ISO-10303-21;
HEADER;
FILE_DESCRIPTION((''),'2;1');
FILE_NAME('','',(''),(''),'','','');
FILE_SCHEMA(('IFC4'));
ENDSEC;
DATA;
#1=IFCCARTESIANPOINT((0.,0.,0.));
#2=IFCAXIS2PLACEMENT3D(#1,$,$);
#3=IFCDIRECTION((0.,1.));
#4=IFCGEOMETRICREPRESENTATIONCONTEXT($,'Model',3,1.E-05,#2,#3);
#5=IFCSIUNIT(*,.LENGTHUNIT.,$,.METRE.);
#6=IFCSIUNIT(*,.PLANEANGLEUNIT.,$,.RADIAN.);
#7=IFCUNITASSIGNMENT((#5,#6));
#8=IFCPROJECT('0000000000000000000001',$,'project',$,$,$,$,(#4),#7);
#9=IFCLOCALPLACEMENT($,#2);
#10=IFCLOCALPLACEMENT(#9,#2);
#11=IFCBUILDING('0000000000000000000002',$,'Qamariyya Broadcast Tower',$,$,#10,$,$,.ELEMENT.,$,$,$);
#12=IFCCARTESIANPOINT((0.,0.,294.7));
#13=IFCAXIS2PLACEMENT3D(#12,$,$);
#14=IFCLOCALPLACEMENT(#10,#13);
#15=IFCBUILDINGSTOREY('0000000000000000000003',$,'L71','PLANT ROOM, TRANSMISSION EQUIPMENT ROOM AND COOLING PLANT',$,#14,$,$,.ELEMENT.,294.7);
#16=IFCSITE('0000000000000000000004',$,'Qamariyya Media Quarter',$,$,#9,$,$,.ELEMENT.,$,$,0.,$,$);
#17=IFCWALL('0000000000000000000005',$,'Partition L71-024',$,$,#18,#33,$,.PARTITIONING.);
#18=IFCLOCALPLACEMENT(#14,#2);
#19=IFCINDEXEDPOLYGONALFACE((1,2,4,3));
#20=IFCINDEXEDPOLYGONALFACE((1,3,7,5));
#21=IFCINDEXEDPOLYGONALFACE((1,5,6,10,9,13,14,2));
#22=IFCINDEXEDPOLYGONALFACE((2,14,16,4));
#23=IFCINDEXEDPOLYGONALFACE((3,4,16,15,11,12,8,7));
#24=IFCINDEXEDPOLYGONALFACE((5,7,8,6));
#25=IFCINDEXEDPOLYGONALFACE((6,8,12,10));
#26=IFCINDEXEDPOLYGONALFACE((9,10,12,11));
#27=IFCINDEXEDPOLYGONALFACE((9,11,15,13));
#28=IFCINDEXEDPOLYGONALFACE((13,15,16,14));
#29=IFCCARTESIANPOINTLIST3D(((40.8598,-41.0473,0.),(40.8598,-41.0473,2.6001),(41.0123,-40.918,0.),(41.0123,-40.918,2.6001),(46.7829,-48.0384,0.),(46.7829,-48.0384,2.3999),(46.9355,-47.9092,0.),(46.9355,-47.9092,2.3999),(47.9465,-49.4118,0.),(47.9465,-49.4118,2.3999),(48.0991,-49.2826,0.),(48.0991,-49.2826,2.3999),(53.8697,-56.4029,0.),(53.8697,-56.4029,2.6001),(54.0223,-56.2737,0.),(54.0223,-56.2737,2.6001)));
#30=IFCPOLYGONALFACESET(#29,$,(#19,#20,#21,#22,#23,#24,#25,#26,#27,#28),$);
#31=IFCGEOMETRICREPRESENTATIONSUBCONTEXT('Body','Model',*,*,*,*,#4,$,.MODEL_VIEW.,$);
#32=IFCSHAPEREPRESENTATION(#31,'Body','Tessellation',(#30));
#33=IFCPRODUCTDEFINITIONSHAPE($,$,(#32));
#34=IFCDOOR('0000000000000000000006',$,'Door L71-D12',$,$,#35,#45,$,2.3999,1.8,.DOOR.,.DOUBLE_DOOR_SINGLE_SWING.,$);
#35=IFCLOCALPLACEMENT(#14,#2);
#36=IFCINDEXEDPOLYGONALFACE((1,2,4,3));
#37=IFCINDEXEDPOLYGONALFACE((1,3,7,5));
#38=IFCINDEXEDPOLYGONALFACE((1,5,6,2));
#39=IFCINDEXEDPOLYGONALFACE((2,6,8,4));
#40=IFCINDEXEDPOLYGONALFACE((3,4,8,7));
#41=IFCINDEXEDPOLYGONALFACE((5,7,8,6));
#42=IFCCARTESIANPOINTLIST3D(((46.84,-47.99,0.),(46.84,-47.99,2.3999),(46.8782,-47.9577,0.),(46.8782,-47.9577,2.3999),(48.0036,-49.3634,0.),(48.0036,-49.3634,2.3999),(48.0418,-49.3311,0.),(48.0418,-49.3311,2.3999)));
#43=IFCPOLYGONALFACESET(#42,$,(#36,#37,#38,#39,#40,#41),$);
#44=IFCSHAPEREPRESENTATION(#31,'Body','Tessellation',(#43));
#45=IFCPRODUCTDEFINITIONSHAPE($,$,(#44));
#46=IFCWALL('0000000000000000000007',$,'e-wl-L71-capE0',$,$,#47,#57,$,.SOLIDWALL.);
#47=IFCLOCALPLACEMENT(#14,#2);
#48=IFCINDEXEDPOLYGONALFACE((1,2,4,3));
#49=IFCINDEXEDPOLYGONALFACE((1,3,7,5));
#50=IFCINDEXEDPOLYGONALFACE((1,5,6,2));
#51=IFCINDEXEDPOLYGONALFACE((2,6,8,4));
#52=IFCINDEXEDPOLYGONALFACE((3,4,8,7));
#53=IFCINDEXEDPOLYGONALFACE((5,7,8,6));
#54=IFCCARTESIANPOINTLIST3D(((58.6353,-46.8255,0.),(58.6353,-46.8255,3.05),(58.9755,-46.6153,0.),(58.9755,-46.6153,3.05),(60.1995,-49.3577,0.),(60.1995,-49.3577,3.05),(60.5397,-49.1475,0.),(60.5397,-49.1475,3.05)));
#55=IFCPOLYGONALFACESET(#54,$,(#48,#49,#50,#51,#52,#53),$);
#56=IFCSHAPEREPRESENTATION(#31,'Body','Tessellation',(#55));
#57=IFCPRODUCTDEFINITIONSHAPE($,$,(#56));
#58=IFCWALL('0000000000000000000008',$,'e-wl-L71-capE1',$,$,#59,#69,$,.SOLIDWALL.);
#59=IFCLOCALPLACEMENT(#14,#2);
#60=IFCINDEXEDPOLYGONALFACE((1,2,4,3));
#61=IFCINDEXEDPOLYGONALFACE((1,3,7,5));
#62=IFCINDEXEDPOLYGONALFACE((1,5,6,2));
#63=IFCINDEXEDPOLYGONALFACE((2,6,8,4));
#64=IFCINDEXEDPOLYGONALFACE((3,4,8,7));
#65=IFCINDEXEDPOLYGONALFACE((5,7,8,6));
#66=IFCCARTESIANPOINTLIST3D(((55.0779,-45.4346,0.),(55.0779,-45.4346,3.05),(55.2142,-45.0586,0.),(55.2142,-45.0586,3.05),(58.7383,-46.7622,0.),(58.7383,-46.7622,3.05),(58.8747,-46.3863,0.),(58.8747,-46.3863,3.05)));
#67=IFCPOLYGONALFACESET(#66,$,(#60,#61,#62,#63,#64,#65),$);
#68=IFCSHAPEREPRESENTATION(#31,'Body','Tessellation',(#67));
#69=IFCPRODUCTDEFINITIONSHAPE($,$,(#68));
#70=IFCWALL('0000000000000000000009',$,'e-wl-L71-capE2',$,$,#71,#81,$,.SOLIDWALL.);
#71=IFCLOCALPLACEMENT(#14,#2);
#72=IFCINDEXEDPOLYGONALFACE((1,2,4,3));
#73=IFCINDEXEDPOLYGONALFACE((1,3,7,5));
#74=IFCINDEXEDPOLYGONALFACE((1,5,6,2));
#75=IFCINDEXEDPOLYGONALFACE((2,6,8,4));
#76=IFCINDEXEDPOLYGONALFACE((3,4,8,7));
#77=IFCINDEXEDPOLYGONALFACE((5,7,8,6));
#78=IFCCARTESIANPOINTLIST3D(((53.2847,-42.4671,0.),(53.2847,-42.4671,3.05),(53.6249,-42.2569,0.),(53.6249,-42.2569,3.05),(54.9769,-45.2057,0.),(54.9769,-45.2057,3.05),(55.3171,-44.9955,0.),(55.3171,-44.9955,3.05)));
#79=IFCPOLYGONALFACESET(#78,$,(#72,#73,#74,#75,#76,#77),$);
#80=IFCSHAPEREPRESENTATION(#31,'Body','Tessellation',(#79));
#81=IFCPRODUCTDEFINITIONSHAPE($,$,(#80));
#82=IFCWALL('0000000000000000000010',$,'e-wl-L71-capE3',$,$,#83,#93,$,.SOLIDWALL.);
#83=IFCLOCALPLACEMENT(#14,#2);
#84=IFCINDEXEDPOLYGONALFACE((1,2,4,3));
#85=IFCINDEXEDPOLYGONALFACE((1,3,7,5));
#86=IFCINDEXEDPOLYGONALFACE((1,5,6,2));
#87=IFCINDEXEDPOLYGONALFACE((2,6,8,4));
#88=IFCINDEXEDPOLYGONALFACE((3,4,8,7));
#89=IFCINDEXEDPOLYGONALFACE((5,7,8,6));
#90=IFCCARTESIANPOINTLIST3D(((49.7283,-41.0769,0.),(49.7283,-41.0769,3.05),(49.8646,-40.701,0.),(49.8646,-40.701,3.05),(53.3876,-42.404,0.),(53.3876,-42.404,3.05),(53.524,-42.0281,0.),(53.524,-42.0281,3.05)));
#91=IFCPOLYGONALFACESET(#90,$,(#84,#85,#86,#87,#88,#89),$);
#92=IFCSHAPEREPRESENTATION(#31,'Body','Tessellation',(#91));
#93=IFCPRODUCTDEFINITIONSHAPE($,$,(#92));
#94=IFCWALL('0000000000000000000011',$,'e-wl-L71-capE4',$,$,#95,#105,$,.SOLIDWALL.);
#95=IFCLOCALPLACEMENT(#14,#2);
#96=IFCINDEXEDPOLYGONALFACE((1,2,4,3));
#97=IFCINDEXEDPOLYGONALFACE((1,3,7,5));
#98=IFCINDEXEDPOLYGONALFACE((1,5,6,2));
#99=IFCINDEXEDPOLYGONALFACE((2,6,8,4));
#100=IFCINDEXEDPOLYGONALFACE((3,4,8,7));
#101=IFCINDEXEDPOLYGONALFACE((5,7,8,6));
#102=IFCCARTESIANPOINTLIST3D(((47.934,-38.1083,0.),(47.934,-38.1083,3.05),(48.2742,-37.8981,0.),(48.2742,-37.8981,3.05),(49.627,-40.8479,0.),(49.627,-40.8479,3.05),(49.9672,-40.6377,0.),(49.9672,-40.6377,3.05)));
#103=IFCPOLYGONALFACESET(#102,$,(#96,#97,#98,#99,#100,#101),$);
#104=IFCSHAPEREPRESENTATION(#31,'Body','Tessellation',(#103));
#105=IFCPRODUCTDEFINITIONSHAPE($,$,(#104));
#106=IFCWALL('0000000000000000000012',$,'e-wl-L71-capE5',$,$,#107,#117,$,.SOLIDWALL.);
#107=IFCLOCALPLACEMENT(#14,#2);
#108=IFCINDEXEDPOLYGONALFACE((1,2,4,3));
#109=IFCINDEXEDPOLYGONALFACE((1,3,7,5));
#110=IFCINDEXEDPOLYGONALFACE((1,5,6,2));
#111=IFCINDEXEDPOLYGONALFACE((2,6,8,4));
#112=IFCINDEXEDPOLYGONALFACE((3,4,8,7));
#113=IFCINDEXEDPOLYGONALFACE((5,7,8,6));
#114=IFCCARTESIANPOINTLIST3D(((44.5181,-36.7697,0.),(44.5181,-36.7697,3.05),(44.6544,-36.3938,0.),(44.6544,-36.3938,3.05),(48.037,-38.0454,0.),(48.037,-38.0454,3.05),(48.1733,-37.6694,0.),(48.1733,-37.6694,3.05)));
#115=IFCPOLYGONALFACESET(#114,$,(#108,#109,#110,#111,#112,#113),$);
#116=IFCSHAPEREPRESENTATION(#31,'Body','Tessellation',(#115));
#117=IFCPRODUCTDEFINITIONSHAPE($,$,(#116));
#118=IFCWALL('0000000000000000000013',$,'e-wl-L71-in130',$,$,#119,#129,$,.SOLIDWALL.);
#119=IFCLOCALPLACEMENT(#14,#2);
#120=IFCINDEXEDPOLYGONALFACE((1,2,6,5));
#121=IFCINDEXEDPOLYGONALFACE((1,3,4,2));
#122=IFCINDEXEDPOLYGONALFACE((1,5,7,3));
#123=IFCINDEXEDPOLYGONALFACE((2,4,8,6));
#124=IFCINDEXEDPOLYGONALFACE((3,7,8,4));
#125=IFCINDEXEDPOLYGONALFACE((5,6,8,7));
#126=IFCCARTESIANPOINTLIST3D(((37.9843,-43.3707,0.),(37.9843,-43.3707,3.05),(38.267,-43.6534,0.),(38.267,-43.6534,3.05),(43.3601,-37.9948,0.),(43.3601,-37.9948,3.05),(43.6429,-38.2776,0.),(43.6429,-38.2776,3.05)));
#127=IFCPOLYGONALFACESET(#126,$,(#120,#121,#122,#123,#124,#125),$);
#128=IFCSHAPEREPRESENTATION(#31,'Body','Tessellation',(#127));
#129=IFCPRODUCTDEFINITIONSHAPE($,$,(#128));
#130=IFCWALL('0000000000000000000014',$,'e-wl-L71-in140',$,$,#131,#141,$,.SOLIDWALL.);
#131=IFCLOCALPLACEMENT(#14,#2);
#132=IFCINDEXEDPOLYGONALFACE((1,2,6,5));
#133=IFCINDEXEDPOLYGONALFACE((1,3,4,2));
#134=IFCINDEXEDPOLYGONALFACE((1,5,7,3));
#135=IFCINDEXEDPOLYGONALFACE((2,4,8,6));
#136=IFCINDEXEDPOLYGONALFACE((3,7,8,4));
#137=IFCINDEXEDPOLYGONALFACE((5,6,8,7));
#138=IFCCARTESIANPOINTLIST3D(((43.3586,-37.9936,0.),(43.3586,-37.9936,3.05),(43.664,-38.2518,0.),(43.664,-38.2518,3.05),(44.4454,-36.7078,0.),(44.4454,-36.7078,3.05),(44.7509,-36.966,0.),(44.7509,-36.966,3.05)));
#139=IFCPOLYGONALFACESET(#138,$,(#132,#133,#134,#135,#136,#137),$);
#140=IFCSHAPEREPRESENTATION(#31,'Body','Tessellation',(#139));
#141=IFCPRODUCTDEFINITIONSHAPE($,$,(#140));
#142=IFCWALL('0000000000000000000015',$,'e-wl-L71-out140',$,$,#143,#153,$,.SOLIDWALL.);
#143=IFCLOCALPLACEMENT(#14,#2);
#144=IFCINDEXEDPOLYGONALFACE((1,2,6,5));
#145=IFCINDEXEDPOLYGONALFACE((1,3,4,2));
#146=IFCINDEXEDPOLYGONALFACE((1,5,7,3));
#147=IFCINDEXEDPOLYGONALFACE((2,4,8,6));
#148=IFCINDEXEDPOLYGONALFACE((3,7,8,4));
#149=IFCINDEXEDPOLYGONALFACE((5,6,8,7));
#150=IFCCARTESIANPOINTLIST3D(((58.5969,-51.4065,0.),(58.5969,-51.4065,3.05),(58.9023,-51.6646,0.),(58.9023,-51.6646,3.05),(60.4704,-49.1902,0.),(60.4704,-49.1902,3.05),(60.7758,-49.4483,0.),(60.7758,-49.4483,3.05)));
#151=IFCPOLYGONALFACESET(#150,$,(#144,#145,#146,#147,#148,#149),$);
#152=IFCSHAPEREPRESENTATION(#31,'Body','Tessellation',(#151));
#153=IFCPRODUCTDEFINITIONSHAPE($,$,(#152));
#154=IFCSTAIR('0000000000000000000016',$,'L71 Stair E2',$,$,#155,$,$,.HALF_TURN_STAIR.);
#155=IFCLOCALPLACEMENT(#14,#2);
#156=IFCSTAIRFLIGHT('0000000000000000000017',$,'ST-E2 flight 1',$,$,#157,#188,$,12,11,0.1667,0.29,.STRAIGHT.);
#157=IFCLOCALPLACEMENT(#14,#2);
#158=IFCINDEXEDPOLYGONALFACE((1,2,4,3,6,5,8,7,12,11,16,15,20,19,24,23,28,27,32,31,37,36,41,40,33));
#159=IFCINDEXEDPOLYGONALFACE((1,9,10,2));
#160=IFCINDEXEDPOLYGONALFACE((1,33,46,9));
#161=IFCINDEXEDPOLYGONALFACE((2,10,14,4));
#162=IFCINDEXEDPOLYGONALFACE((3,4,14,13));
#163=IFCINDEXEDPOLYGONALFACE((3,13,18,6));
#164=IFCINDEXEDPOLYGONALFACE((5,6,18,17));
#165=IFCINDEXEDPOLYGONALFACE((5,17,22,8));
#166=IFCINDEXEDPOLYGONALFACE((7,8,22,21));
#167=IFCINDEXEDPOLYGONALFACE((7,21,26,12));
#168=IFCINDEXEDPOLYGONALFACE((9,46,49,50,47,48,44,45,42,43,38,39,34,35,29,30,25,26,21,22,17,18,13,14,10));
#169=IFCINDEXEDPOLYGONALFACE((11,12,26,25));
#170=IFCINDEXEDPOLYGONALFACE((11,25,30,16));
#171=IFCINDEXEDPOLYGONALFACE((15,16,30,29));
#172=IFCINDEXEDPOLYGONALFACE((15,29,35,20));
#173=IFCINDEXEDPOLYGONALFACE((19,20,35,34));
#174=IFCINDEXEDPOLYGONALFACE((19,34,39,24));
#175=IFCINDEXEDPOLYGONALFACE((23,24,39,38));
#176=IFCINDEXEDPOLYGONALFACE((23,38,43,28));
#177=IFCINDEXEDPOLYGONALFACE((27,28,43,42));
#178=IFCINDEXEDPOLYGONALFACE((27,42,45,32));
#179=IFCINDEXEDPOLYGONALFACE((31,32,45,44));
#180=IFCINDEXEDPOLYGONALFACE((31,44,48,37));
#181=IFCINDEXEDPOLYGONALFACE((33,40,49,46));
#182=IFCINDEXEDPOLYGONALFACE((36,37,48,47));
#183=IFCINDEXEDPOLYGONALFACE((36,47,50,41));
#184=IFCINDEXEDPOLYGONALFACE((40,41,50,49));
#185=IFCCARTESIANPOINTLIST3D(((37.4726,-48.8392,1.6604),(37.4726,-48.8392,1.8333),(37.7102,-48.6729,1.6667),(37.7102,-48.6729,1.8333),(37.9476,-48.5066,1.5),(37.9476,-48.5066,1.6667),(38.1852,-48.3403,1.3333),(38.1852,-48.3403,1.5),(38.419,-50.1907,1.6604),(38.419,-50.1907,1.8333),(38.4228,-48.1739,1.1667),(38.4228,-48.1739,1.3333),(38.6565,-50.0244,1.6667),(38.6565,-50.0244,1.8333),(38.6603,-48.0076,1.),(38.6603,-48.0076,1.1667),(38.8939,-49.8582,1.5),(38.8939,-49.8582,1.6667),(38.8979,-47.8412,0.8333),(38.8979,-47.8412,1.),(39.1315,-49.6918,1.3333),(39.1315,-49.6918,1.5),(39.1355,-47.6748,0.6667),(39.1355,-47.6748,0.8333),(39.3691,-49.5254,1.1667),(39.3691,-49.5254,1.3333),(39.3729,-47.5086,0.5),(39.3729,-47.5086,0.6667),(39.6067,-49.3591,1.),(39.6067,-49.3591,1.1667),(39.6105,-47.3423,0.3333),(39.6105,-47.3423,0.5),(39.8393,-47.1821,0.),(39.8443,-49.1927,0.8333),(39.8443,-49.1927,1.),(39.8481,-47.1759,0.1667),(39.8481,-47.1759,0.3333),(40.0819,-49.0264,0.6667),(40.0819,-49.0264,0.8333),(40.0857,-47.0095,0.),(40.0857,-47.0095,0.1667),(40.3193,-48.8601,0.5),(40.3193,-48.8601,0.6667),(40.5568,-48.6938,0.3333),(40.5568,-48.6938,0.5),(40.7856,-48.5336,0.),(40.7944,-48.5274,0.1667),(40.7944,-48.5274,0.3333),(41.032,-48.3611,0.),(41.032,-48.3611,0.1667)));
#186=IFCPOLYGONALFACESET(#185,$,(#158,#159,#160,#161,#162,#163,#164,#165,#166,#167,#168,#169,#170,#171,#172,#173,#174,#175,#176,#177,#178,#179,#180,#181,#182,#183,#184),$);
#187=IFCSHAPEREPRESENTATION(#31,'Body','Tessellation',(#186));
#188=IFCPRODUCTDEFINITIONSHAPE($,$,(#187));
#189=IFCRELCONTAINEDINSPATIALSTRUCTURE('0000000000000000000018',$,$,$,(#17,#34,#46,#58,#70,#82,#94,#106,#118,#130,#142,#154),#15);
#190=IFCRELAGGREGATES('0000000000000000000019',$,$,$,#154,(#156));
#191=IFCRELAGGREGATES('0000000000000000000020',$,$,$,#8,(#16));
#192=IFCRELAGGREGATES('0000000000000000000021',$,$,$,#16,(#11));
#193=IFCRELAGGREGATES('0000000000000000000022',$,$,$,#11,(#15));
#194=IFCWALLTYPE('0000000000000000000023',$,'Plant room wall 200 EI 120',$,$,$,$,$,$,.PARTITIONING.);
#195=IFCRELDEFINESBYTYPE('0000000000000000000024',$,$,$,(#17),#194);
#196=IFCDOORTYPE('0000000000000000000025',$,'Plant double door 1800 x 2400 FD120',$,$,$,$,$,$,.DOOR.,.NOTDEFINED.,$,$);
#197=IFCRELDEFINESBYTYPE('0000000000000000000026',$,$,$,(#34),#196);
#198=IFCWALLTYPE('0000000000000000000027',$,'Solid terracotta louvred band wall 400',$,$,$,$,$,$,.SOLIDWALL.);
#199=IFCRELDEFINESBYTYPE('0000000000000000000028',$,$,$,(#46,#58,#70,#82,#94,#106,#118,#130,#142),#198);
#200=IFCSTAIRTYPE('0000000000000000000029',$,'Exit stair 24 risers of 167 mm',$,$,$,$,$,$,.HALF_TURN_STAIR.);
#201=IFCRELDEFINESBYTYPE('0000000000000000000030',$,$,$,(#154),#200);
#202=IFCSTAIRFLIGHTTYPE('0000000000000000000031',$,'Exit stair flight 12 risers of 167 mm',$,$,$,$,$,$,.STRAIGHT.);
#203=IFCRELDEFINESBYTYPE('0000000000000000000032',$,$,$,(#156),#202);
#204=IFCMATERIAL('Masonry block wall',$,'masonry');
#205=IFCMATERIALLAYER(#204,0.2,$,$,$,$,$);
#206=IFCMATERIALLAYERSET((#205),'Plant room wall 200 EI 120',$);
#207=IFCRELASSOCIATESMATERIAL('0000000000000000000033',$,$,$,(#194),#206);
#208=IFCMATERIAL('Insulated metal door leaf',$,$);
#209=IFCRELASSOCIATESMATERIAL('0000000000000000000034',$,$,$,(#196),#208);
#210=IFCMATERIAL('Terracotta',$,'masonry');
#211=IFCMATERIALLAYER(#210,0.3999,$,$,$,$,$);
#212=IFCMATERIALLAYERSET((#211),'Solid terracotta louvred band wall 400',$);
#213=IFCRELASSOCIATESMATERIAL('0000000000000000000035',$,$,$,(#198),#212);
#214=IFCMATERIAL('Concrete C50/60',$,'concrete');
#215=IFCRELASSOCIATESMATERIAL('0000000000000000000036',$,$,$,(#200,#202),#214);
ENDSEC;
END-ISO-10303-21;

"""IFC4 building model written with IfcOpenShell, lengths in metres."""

from ifc_helpers import new_model, si_unit, direction, frame, frame_2d, origin, place, context, subcontext, project, spatial, polyline, rectangle, outline, extrude, material, layer, layer_set, type_object, element, fill, aggregate, save


model = new_model("IFC4")

# Units and contexts
model_context = context("Model", 3, precision=1e-05, world=origin(), true_north=direction((0.0, 1.0)))
body_context = subcontext(model_context, "Body", "Model", "MODEL_VIEW")
ifc_project = project(units=[si_unit("LENGTHUNIT", "METRE"), si_unit("PLANEANGLEUNIT", "RADIAN")], contexts=[model_context])

# Site, building, storey
site_placement = place(None, origin())
site = spatial("IfcSite", under=ifc_project, at=site_placement, Name="Qamariyya Media Quarter", CompositionType="ELEMENT", RefElevation=0.0)
building_placement = place(site_placement, origin())
building = spatial("IfcBuilding", under=site, at=building_placement, Name="Qamariyya Broadcast Tower", CompositionType="ELEMENT")
storey_placement = place(building_placement, frame((0.0, 0.0, 294.7)))
storey = spatial("IfcBuildingStorey", under=building, at=storey_placement, Name="L71", Description="PLANT ROOM, TRANSMISSION EQUIPMENT ROOM AND COOLING PLANT", CompositionType="ELEMENT", Elevation=294.7)

# Shared definitions
ifc_material_1 = material(Name="Concrete C50/60", Category="concrete")

# Wall, opening, door
ifc_material_2 = material(Name="Masonry block wall", Category="masonry")
ifc_layer_1 = layer(ifc_material_2, 0.2)
ifc_layer_set_1 = layer_set([ifc_layer_1], Name="Plant room wall 200 EI 120")
wall_type_1 = type_object("IfcWallType", Name="Plant room wall 200 EI 120", PredefinedType="PARTITIONING", material=ifc_layer_set_1)
wall_1_placement = place(storey_placement, frame((40.936, -40.9827, 0.0), z_axis=(0.0, 0.0, 1.0), x_axis=(0.646426, -0.762977, 0.0)))
wall_1 = element("IfcWall", 1, at=wall_1_placement, inside=storey, type_object=wall_type_1, Name="Partition L71-024", PredefinedType="PARTITIONING", context=body_context, shape_type="SweptSolid", body=[
    extrude(rectangle(XDim=20.126, YDim=0.2, at=frame_2d((10.063, 0.0))), origin(), (0.0, 0.0, 1.0), 2.6001),
])
opening_1_placement = place(wall_1_placement, frame((9.1631, 0.0, 0.0)))
opening_1 = element("IfcOpeningElement", 2, at=opening_1_placement, cuts=wall_1, PredefinedType="OPENING", context=body_context, shape_type="SweptSolid", body=[
    extrude(rectangle(XDim=1.8, YDim=2.3999, at=frame_2d((0.8999, 1.2))), frame((0.0, 0.1099, 0.0), z_axis=(0.0, -1.0, 0.0), x_axis=(1.0, 0.0, 0.0)), (0.0, 0.0, 1.0), 0.22),
])
ifc_material_3 = material(Name="Insulated metal door leaf")
door_type_1 = type_object("IfcDoorType", Name="Plant double door 1800 x 2400 FD120", OperationType="NOTDEFINED", PredefinedType="DOOR", material=ifc_material_3)
door_1_placement = place(opening_1_placement, origin())
door_1 = element("IfcDoor", 3, at=door_1_placement, inside=storey, type_object=door_type_1, Name="Door L71-D12", OperationType="DOUBLE_DOOR_SINGLE_SWING", OverallHeight=2.3999, OverallWidth=1.8, PredefinedType="DOOR", context=body_context, shape_type="SweptSolid", body=[
    extrude(rectangle(XDim=1.8, YDim=2.3999, at=frame_2d((0.8999, 1.2))), frame((0.0, 0.0249, 0.0), z_axis=(0.0, -1.0, 0.0), x_axis=(1.0, 0.0, 0.0)), (0.0, 0.0, 1.0), 0.05),
])
fill(opening_1, door_1)

# Walls
ifc_material_4 = material(Name="Terracotta", Category="masonry")
ifc_layer_2 = layer(ifc_material_4, 0.3999)
ifc_layer_set_2 = layer_set([ifc_layer_2], Name="Solid terracotta louvred band wall 400")
wall_type_2 = type_object("IfcWallType", Name="Solid terracotta louvred band wall 400", PredefinedType="SOLIDWALL", material=ifc_layer_set_2)
wall_2_placement = place(storey_placement, frame((60.3696, -49.2527, 0.0), z_axis=(0.0, 0.0, 1.0), x_axis=(-0.525538, 0.85077, 0.0)))
element("IfcWall", 4, at=wall_2_placement, inside=storey, type_object=wall_type_2, Name="e-wl-L71-capE0", PredefinedType="SOLIDWALL", context=body_context, shape_type="SweptSolid", body=[
    extrude(rectangle(XDim=2.9763, YDim=0.3999, at=frame_2d((1.4883, 0.0))), origin(), (0.0, 0.0, 1.0), 3.05),
])
wall_3_placement = place(storey_placement, frame((58.8064, -46.5742, 0.0), z_axis=(0.0, 0.0, 1.0), x_axis=(-0.940075, 0.340968, 0.0)))
element("IfcWall", 5, at=wall_3_placement, inside=storey, type_object=wall_type_2, Name="e-wl-L71-capE1", PredefinedType="SOLIDWALL", context=body_context, shape_type="SweptSolid", body=[
    extrude(rectangle(XDim=3.8938, YDim=0.3999, at=frame_2d((1.9468, 0.0))), origin(), (0.0, 0.0, 1.0), 3.05),
])
wall_4_placement = place(storey_placement, frame((55.147, -45.1006, 0.0), z_axis=(0.0, 0.0, 1.0), x_axis=(-0.525649, 0.850701, 0.0)))
element("IfcWall", 6, at=wall_4_placement, inside=storey, type_object=wall_type_2, Name="e-wl-L71-capE2", PredefinedType="SOLIDWALL", context=body_context, shape_type="SweptSolid", body=[
    extrude(rectangle(XDim=3.2192, YDim=0.3999, at=frame_2d((1.6096, 0.0))), origin(), (0.0, 0.0, 1.0), 3.05),
])
wall_5_placement = place(storey_placement, frame((53.4558, -42.2161, 0.0), z_axis=(0.0, 0.0, 1.0), x_axis=(-0.940086, 0.340937, 0.0)))
element("IfcWall", 7, at=wall_5_placement, inside=storey, type_object=wall_type_2, Name="e-wl-L71-capE3", PredefinedType="SOLIDWALL", context=body_context, shape_type="SweptSolid", body=[
    extrude(rectangle(XDim=3.8926, YDim=0.3999, at=frame_2d((1.9463, 0.0))), origin(), (0.0, 0.0, 1.0), 3.05),
])
wall_6_placement = place(storey_placement, frame((49.7971, -40.7429, 0.0), z_axis=(0.0, 0.0, 1.0), x_axis=(-0.525678, 0.850683, 0.0)))
element("IfcWall", 8, at=wall_6_placement, inside=storey, type_object=wall_type_2, Name="e-wl-L71-capE4", PredefinedType="SOLIDWALL", context=body_context, shape_type="SweptSolid", body=[
    extrude(rectangle(XDim=3.2205, YDim=0.3999, at=frame_2d((1.6104, 0.0))), origin(), (0.0, 0.0, 1.0), 3.05),
])
wall_7_placement = place(storey_placement, frame((48.1052, -37.8574, 0.0), z_axis=(0.0, 0.0, 1.0), x_axis=(-0.94013, 0.340816, 0.0)))
element("IfcWall", 9, at=wall_7_placement, inside=storey, type_object=wall_type_2, Name="e-wl-L71-capE5", PredefinedType="SOLIDWALL", context=body_context, shape_type="SweptSolid", body=[
    extrude(rectangle(XDim=3.7429, YDim=0.3999, at=frame_2d((1.8716, 0.0))), origin(), (0.0, 0.0, 1.0), 3.05),
])
wall_8_placement = place(storey_placement, frame((43.5015, -38.1362, 0.0), z_axis=(0.0, 0.0, 1.0), x_axis=(-0.707107, -0.707107, 0.0)))
element("IfcWall", 10, at=wall_8_placement, inside=storey, type_object=wall_type_2, Name="e-wl-L71-in130", PredefinedType="SOLIDWALL", context=body_context, shape_type="SweptSolid", body=[
    extrude(rectangle(XDim=7.6025, YDim=0.3999, at=frame_2d((3.8013, 0.0))), origin(), (0.0, 0.0, 1.0), 3.05),
])
wall_9_placement = place(storey_placement, frame((44.5981, -36.8369, 0.0), z_axis=(0.0, 0.0, 1.0), x_axis=(-0.645546, -0.763722, 0.0)))
element("IfcWall", 11, at=wall_9_placement, inside=storey, type_object=wall_type_2, Name="e-wl-L71-in140", PredefinedType="SOLIDWALL", context=body_context, shape_type="SweptSolid", body=[
    extrude(rectangle(XDim=1.6836, YDim=0.3999, at=frame_2d((0.8418, 0.0))), origin(), (0.0, 0.0, 1.0), 3.05),
])
wall_10_placement = place(storey_placement, frame((58.7495, -51.5356, 0.0), z_axis=(0.0, 0.0, 1.0), x_axis=(0.64558, 0.763693, 0.0)))
element("IfcWall", 12, at=wall_10_placement, inside=storey, type_object=wall_type_2, Name="e-wl-L71-out140", PredefinedType="SOLIDWALL", context=body_context, shape_type="SweptSolid", body=[
    extrude(rectangle(XDim=2.9021, YDim=0.3999, at=frame_2d((1.4512, 0.0))), origin(), (0.0, 0.0, 1.0), 3.05),
])

# Stair, stair flight
stair_type = type_object("IfcStairType", Name="Exit stair 24 risers of 167 mm", PredefinedType="HALF_TURN_STAIR", material=ifc_material_1)
stair_1_placement = place(storey_placement, origin())
stair_1 = element("IfcStair", 13, at=stair_1_placement, inside=storey, type_object=stair_type, Name="L71 Stair E2", PredefinedType="HALF_TURN_STAIR")
stair_flight_type = type_object("IfcStairFlightType", Name="Exit stair flight 12 risers of 167 mm", PredefinedType="STRAIGHT", material=ifc_material_1)
stair_flight_1_placement = place(storey_placement, frame((40.5588, -47.6853, 0.0), z_axis=(0.0, 0.0, 1.0), x_axis=(-0.819152, -0.573576, 0.0)))
stair_flight_1 = element("IfcStairFlight", 14, at=stair_flight_1_placement, type_object=stair_flight_type, Name="ST-E2 flight 1", NumberOfRisers=12, NumberOfTreads=11, PredefinedType="STRAIGHT", RiserHeight=0.1667, TreadLength=0.29, context=body_context, shape_type="SweptSolid", body=[
    extrude(outline(polyline([(0.0, 0.0), (0.0, 0.1667), (0.29, 0.1667), (0.29, 0.3333), (0.5801, 0.3333), (0.5801, 0.5), (0.8701, 0.5), (0.8701, 0.6667), (1.1599, 0.6667), (1.1599, 0.8333), (1.45, 0.8333), (1.45, 1.0), (1.74, 1.0), (1.74, 1.1667), (2.03, 1.1667), (2.03, 1.3333), (2.3201, 1.3333), (2.3201, 1.5), (2.6101, 1.5), (2.6101, 1.6667), (2.8999, 1.6667), (2.8999, 1.8333), (3.1899, 1.8333), (3.1899, 2.0), (3.1899, 1.6604), (0.3008, 0.0), (0.0, 0.0)])), frame((0.0, 0.825, 0.0), z_axis=(0.0, -1.0, 0.0), x_axis=(1.0, 0.0, 0.0)), (0.0, 0.0, 1.0), 1.6499),
])
aggregate(stair_1, [stair_flight_1])

save(model, "model.ifc")
